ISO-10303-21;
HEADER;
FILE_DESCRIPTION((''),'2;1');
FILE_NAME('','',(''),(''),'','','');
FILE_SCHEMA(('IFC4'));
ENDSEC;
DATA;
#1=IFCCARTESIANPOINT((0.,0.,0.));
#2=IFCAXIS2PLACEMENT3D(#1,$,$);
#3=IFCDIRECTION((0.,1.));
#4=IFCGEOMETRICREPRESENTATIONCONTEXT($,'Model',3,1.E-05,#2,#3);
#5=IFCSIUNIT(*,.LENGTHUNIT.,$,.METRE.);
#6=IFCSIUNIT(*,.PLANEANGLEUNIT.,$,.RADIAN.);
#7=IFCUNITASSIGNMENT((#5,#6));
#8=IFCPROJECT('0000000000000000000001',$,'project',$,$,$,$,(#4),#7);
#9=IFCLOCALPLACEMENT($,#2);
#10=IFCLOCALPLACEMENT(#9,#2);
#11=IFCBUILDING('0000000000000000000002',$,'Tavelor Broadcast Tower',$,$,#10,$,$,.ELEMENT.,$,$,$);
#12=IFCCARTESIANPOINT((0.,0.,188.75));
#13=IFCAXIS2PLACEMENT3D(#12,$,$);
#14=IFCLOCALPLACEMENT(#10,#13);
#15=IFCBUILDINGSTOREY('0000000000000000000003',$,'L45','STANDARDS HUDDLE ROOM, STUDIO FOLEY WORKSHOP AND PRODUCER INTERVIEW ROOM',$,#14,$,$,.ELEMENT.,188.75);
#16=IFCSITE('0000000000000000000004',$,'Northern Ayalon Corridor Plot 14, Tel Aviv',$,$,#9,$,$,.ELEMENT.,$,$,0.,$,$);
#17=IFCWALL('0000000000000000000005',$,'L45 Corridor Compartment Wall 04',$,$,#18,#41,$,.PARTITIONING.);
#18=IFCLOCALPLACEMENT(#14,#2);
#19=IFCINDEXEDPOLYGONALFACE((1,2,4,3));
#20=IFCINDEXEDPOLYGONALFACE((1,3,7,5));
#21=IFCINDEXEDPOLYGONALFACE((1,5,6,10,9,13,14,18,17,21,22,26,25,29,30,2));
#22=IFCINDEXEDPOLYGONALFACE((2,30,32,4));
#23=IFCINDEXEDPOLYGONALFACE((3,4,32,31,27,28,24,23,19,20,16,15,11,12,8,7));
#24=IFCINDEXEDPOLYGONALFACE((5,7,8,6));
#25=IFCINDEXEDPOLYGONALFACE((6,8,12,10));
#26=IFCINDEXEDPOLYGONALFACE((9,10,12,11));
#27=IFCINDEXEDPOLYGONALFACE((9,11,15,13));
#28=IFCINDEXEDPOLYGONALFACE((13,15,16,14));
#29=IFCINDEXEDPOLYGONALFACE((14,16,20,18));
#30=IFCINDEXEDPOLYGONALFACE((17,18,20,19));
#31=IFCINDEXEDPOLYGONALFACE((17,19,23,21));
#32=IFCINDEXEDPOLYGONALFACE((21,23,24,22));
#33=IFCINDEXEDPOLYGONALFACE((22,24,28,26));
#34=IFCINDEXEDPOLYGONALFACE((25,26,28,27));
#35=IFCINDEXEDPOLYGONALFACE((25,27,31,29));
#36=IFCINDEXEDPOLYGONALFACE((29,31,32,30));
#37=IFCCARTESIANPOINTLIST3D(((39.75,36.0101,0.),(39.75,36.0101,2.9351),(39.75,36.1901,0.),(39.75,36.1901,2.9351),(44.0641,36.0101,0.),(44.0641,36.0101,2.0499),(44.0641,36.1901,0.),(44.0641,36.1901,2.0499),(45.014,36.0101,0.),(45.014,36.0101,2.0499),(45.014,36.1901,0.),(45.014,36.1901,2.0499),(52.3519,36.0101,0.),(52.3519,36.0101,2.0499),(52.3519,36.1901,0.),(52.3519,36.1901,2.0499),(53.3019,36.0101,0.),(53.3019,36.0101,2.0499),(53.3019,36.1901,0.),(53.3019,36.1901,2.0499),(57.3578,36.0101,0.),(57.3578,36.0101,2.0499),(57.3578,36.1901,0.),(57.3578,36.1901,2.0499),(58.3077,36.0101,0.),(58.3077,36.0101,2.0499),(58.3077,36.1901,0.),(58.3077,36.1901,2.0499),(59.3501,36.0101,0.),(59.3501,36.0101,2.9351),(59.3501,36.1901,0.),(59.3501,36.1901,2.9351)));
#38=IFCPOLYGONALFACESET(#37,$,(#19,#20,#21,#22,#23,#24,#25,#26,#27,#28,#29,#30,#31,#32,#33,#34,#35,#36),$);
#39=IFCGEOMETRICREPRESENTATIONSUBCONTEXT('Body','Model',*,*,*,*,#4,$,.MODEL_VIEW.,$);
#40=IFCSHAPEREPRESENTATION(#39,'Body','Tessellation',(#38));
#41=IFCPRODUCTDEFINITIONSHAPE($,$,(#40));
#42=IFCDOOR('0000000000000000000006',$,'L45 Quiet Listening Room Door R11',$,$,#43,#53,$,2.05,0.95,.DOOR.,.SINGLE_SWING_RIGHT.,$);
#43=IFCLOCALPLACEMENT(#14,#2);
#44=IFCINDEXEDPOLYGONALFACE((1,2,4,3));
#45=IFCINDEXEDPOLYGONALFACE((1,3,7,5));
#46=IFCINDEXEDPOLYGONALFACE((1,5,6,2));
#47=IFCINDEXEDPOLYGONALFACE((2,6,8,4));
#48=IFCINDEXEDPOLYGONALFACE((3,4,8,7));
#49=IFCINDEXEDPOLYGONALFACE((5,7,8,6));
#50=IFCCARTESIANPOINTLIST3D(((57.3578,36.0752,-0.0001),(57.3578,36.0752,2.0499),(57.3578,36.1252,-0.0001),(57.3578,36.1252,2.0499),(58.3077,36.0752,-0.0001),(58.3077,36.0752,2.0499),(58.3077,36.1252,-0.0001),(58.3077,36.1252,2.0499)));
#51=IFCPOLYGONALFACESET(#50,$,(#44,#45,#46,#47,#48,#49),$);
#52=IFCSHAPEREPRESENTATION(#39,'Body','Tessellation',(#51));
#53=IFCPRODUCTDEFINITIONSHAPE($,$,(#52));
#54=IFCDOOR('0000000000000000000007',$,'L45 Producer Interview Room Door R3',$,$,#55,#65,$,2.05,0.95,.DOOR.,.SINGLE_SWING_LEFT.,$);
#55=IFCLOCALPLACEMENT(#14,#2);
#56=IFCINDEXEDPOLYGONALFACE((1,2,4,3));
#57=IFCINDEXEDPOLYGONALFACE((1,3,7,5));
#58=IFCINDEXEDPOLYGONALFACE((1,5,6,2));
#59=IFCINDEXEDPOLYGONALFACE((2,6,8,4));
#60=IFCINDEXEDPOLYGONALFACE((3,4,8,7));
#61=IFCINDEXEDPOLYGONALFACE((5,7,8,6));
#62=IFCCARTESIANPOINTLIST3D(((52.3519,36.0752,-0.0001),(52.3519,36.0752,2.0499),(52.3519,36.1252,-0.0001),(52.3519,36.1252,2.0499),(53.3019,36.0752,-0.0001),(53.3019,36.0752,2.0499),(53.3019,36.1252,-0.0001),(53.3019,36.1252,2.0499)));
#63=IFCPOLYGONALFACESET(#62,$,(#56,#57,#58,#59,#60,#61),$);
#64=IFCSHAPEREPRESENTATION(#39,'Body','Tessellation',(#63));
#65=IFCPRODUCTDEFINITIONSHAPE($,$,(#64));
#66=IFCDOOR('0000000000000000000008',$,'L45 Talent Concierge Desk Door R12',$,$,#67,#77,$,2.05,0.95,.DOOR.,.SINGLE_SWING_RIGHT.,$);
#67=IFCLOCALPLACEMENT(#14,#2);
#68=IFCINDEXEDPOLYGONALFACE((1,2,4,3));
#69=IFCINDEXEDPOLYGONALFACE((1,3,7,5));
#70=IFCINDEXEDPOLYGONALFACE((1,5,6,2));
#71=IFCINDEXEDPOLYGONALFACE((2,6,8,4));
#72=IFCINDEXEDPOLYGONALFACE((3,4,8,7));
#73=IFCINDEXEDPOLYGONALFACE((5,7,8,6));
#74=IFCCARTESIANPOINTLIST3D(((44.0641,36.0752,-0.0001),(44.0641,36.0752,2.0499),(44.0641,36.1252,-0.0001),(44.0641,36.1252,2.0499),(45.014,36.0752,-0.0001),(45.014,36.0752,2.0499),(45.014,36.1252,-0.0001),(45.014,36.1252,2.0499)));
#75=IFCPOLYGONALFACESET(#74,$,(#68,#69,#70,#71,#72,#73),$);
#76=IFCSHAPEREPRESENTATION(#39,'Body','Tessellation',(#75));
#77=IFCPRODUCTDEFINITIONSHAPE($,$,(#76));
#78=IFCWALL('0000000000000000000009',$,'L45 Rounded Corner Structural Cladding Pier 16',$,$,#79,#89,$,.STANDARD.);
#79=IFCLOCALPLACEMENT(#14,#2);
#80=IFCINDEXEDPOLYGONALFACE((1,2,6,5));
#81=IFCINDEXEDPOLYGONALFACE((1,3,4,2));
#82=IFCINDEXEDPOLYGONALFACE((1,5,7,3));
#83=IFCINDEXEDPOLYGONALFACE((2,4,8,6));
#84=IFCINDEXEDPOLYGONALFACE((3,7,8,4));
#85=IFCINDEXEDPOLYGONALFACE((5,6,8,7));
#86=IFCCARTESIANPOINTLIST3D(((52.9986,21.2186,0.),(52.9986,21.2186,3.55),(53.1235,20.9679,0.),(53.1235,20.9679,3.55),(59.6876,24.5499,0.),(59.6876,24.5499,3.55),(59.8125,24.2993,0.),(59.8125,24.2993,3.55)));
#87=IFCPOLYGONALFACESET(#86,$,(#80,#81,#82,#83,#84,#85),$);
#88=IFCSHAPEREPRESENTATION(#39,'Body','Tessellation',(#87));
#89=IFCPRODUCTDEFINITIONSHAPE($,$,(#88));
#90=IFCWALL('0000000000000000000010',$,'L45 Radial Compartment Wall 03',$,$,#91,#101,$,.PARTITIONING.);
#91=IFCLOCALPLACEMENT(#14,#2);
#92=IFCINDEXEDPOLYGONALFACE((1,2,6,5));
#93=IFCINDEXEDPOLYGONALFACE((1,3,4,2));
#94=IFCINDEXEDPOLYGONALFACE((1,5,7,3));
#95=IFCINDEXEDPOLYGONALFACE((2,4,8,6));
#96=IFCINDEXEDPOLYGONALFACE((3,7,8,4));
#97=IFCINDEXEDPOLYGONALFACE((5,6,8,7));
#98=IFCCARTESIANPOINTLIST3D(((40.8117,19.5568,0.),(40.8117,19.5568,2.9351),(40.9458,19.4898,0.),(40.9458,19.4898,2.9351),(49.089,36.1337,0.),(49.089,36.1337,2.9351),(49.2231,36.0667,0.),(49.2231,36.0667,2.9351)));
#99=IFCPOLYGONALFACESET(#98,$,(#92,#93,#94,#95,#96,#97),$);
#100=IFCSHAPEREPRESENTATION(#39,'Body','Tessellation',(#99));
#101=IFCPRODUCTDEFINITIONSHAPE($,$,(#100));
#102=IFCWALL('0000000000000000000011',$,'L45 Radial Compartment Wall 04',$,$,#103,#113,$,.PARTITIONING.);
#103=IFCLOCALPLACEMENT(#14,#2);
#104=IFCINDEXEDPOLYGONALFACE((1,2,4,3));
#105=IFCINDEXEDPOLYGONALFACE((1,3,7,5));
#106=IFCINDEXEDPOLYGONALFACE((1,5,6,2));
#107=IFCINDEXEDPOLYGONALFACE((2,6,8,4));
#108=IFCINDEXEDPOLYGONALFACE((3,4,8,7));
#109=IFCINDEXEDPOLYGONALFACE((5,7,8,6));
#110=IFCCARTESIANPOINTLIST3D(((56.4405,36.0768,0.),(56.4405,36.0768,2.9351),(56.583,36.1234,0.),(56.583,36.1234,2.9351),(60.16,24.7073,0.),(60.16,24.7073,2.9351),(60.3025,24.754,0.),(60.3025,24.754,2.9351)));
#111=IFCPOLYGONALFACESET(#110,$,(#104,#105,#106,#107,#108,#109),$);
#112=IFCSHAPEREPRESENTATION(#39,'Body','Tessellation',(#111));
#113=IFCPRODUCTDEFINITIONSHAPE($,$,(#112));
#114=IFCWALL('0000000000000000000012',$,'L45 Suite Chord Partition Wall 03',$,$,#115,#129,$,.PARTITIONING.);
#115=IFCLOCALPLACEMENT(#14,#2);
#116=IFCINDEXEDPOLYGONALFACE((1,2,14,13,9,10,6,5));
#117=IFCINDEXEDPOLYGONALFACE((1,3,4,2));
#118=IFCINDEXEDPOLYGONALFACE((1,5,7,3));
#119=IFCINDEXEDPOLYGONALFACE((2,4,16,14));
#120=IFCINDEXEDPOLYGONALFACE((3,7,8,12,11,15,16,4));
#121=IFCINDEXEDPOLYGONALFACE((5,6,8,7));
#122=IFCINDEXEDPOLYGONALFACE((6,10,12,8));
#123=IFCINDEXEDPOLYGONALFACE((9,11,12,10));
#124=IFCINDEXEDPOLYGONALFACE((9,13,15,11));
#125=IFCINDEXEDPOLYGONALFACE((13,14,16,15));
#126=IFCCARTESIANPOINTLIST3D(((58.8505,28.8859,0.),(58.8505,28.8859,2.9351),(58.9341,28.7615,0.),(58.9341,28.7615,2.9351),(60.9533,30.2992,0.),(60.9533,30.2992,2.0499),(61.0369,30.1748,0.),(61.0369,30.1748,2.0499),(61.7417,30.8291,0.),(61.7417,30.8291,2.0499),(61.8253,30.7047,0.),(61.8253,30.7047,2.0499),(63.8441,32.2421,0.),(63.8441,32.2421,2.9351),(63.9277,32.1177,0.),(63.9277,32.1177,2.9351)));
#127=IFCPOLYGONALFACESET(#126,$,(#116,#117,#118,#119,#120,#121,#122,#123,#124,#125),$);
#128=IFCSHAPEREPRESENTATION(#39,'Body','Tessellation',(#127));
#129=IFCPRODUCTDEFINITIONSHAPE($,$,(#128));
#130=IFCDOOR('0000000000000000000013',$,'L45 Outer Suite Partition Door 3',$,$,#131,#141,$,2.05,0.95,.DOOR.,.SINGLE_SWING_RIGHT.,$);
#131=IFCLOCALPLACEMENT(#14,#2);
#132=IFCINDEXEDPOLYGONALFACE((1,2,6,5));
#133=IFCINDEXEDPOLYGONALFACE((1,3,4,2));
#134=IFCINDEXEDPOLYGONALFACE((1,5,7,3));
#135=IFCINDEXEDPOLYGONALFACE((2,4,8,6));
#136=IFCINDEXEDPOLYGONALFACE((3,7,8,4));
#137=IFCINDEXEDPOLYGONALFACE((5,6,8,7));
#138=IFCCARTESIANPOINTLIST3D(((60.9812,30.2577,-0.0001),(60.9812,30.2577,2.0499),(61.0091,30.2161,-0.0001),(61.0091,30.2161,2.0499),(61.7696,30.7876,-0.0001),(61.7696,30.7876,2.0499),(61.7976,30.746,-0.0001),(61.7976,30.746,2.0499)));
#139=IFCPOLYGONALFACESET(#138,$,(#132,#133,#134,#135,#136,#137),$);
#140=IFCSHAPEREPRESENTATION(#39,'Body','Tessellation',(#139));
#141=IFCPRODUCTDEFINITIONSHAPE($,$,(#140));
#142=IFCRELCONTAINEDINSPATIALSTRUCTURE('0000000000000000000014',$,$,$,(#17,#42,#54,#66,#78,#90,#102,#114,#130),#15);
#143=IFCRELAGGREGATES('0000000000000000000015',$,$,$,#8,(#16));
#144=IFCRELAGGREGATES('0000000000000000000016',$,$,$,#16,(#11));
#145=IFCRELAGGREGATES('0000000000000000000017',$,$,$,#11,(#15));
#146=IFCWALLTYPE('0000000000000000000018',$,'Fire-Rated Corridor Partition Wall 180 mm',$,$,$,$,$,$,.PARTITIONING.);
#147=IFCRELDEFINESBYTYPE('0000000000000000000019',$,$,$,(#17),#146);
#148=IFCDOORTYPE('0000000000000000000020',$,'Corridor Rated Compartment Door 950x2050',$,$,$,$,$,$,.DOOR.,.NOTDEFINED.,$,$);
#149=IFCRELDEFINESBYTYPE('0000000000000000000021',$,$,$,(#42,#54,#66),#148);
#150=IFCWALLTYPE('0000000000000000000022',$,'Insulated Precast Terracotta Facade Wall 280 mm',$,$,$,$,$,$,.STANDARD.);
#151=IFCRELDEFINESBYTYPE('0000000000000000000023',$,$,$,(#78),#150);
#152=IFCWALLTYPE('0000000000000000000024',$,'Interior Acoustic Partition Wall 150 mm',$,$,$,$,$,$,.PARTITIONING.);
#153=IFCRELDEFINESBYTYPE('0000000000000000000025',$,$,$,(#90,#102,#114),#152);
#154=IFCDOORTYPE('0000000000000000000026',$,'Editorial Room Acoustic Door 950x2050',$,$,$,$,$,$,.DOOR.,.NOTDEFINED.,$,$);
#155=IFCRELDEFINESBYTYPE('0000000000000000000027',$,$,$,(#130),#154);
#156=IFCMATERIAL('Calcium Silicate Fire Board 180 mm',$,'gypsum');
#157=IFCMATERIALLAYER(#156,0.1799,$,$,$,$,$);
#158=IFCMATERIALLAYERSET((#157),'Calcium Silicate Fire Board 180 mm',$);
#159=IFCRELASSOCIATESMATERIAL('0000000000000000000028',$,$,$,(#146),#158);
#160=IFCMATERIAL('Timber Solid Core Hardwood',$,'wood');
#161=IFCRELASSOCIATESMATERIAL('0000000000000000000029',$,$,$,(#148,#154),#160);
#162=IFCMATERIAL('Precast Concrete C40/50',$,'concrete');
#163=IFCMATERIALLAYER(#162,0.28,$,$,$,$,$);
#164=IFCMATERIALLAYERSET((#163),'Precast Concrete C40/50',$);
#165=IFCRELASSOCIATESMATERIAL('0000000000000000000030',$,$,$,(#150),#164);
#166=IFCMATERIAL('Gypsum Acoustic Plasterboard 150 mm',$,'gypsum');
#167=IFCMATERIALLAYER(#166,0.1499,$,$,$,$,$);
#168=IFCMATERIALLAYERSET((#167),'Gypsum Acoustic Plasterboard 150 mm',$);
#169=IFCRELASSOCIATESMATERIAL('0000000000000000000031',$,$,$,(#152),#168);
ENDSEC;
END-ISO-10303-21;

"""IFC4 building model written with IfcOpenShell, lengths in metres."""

from ifc_helpers import new_model, si_unit, direction, frame, frame_2d, origin, place, context, subcontext, project, spatial, rectangle, extrude, material, layer, layer_set, type_object, element, fill, save


model = new_model("IFC4")

# Units and contexts
model_context = context("Model", 3, precision=1e-05, world=origin(), true_north=direction((0.0, 1.0)))
body_context = subcontext(model_context, "Body", "Model", "MODEL_VIEW")
ifc_project = project(units=[si_unit("LENGTHUNIT", "METRE"), si_unit("PLANEANGLEUNIT", "RADIAN")], contexts=[model_context])

# Site, building, storey
site_placement = place(None, origin())
site = spatial("IfcSite", under=ifc_project, at=site_placement, Name="Northern Ayalon Corridor Plot 14, Tel Aviv", CompositionType="ELEMENT", RefElevation=0.0)
building_placement = place(site_placement, origin())
building = spatial("IfcBuilding", under=site, at=building_placement, Name="Tavelor Broadcast Tower", CompositionType="ELEMENT")
storey_placement = place(building_placement, frame((0.0, 0.0, 188.75)))
storey = spatial("IfcBuildingStorey", under=building, at=storey_placement, Name="L45", Description="STANDARDS HUDDLE ROOM, STUDIO FOLEY WORKSHOP AND PRODUCER INTERVIEW ROOM", CompositionType="ELEMENT", Elevation=188.75)

# Wall, openings, doors
ifc_material_1 = material(Name="Calcium Silicate Fire Board 180 mm", Category="gypsum")
ifc_layer_1 = layer(ifc_material_1, 0.1799)
ifc_layer_set_1 = layer_set([ifc_layer_1], Name="Calcium Silicate Fire Board 180 mm")
wall_type_1 = type_object("IfcWallType", Name="Fire-Rated Corridor Partition Wall 180 mm", PredefinedType="PARTITIONING", material=ifc_layer_set_1)
wall_1_placement = place(storey_placement, frame((59.3501, 36.1001, 0.0), z_axis=(0.0, 0.0, 1.0), x_axis=(-1.0, 0.0, 0.0)))
wall_1 = element("IfcWall", 1, at=wall_1_placement, inside=storey, type_object=wall_type_1, Name="L45 Corridor Compartment Wall 04", PredefinedType="PARTITIONING", context=body_context, shape_type="SweptSolid", body=[
    extrude(rectangle(XDim=19.6001, YDim=0.1799, at=frame_2d((9.8, 0.0))), origin(), (0.0, 0.0, 1.0), 2.9351),
])
opening_1_placement = place(wall_1_placement, frame((1.0422, 0.0, 0.0)))
opening_1 = element("IfcOpeningElement", 2, at=opening_1_placement, cuts=wall_1, PredefinedType="OPENING", context=body_context, shape_type="SweptSolid", body=[
    extrude(rectangle(XDim=0.95, YDim=2.05, at=frame_2d((0.4751, 1.0249))), frame((0.0, 0.1001, 0.0), z_axis=(0.0, -1.0, 0.0), x_axis=(1.0, 0.0, 0.0)), (0.0, 0.0, 1.0), 0.2),
])
opening_2_placement = place(wall_1_placement, frame((6.0481, 0.0, 0.0)))
opening_2 = element("IfcOpeningElement", 3, at=opening_2_placement, cuts=wall_1, PredefinedType="OPENING", context=body_context, shape_type="SweptSolid", body=[
    extrude(rectangle(XDim=0.95, YDim=2.05, at=frame_2d((0.4751, 1.0249))), frame((0.0, 0.1001, 0.0), z_axis=(0.0, -1.0, 0.0), x_axis=(1.0, 0.0, 0.0)), (0.0, 0.0, 1.0), 0.2),
])
opening_3_placement = place(wall_1_placement, frame((14.3359, 0.0, 0.0)))
opening_3 = element("IfcOpeningElement", 4, at=opening_3_placement, cuts=wall_1, PredefinedType="OPENING", context=body_context, shape_type="SweptSolid", body=[
    extrude(rectangle(XDim=0.95, YDim=2.05, at=frame_2d((0.4751, 1.0249))), frame((0.0, 0.1001, 0.0), z_axis=(0.0, -1.0, 0.0), x_axis=(1.0, 0.0, 0.0)), (0.0, 0.0, 1.0), 0.2),
])
ifc_material_2 = material(Name="Timber Solid Core Hardwood", Category="wood")
door_type_1 = type_object("IfcDoorType", Name="Corridor Rated Compartment Door 950x2050", OperationType="NOTDEFINED", PredefinedType="DOOR", material=ifc_material_2)
door_1_placement = place(opening_1_placement, origin())
door_1 = element("IfcDoor", 5, at=door_1_placement, inside=storey, type_object=door_type_1, Name="L45 Quiet Listening Room Door R11", OperationType="SINGLE_SWING_RIGHT", OverallHeight=2.05, OverallWidth=0.95, PredefinedType="DOOR", context=body_context, shape_type="SweptSolid", body=[
    extrude(rectangle(XDim=0.95, YDim=2.05, at=frame_2d((0.4751, 1.0249))), frame((0.0, 0.0249, 0.0), z_axis=(0.0, -1.0, 0.0), x_axis=(1.0, 0.0, 0.0)), (0.0, 0.0, 1.0), 0.05),
])
fill(opening_1, door_1)
door_2_placement = place(opening_2_placement, origin())
door_2 = element("IfcDoor", 6, at=door_2_placement, inside=storey, type_object=door_type_1, Name="L45 Producer Interview Room Door R3", OperationType="SINGLE_SWING_LEFT", OverallHeight=2.05, OverallWidth=0.95, PredefinedType="DOOR", context=body_context, shape_type="SweptSolid", body=[
    extrude(rectangle(XDim=0.95, YDim=2.05, at=frame_2d((0.4751, 1.0249))), frame((0.0, 0.0249, 0.0), z_axis=(0.0, -1.0, 0.0), x_axis=(1.0, 0.0, 0.0)), (0.0, 0.0, 1.0), 0.05),
])
fill(opening_2, door_2)
door_3_placement = place(opening_3_placement, origin())
door_3 = element("IfcDoor", 7, at=door_3_placement, inside=storey, type_object=door_type_1, Name="L45 Talent Concierge Desk Door R12", OperationType="SINGLE_SWING_RIGHT", OverallHeight=2.05, OverallWidth=0.95, PredefinedType="DOOR", context=body_context, shape_type="SweptSolid", body=[
    extrude(rectangle(XDim=0.95, YDim=2.05, at=frame_2d((0.4751, 1.0249))), frame((0.0, 0.0249, 0.0), z_axis=(0.0, -1.0, 0.0), x_axis=(1.0, 0.0, 0.0)), (0.0, 0.0, 1.0), 0.05),
])
fill(opening_3, door_3)

# Walls
ifc_material_3 = material(Name="Precast Concrete C40/50", Category="concrete")
ifc_layer_2 = layer(ifc_material_3, 0.28)
ifc_layer_set_2 = layer_set([ifc_layer_2], Name="Precast Concrete C40/50")
wall_type_2 = type_object("IfcWallType", Name="Insulated Precast Terracotta Facade Wall 280 mm", PredefinedType="STANDARD", material=ifc_layer_set_2)
wall_2_placement = place(storey_placement, frame((53.061, 21.0933, 0.0), z_axis=(0.0, 0.0, 1.0), x_axis=(0.895132, 0.445802, 0.0)))
element("IfcWall", 8, at=wall_2_placement, inside=storey, type_object=wall_type_2, Name="L45 Rounded Corner Structural Cladding Pier 16", PredefinedType="STANDARD", context=body_context, shape_type="SweptSolid", body=[
    extrude(rectangle(XDim=7.4727, YDim=0.28, at=frame_2d((3.7363, 0.0))), origin(), (0.0, 0.0, 1.0), 3.55),
])
ifc_material_4 = material(Name="Gypsum Acoustic Plasterboard 150 mm", Category="gypsum")
ifc_layer_3 = layer(ifc_material_4, 0.1499)
ifc_layer_set_3 = layer_set([ifc_layer_3], Name="Gypsum Acoustic Plasterboard 150 mm")
wall_type_3 = type_object("IfcWallType", Name="Interior Acoustic Partition Wall 150 mm", PredefinedType="PARTITIONING", material=ifc_layer_set_3)
wall_3_placement = place(storey_placement, frame((49.156, 36.1001, 0.0), z_axis=(0.0, 0.0, 1.0), x_axis=(-0.446734, -0.894667, 0.0)))
element("IfcWall", 9, at=wall_3_placement, inside=storey, type_object=wall_type_3, Name="L45 Radial Compartment Wall 03", PredefinedType="PARTITIONING", context=body_context, shape_type="SweptSolid", body=[
    extrude(rectangle(XDim=18.5286, YDim=0.1499, at=frame_2d((9.2642, 0.0))), origin(), (0.0, 0.0, 1.0), 2.9351),
])
wall_4_placement = place(storey_placement, frame((56.5117, 36.1001, 0.0), z_axis=(0.0, 0.0, 1.0), x_axis=(0.310933, -0.950432, 0.0)))
element("IfcWall", 10, at=wall_4_placement, inside=storey, type_object=wall_type_3, Name="L45 Radial Compartment Wall 04", PredefinedType="PARTITIONING", context=body_context, shape_type="SweptSolid", body=[
    extrude(rectangle(XDim=11.9624, YDim=0.1499, at=frame_2d((5.9812, 0.0))), origin(), (0.0, 0.0, 1.0), 2.9351),
])

# Wall, opening, door
wall_5_placement = place(storey_placement, frame((58.8923, 28.8237, 0.0), z_axis=(0.0, 0.0, 1.0), x_axis=(0.829966, 0.557815, 0.0)))
wall_5 = element("IfcWall", 11, at=wall_5_placement, inside=storey, type_object=wall_type_3, Name="L45 Suite Chord Partition Wall 03", PredefinedType="PARTITIONING", context=body_context, shape_type="SweptSolid", body=[
    extrude(rectangle(XDim=6.0166, YDim=0.1499, at=frame_2d((3.0083, 0.0))), origin(), (0.0, 0.0, 1.0), 2.9351),
])
opening_4_placement = place(wall_5_placement, frame((2.5334, 0.0, 0.0)))
opening_4 = element("IfcOpeningElement", 12, at=opening_4_placement, cuts=wall_5, PredefinedType="OPENING", context=body_context, shape_type="SweptSolid", body=[
    extrude(rectangle(XDim=0.95, YDim=2.05, at=frame_2d((0.4751, 1.0249))), frame((0.0, 0.085, 0.0), z_axis=(0.0, -1.0, 0.0), x_axis=(1.0, 0.0, 0.0)), (0.0, 0.0, 1.0), 0.1699),
])
door_type_2 = type_object("IfcDoorType", Name="Editorial Room Acoustic Door 950x2050", OperationType="NOTDEFINED", PredefinedType="DOOR", material=ifc_material_2)
door_4_placement = place(opening_4_placement, origin())
door_4 = element("IfcDoor", 13, at=door_4_placement, inside=storey, type_object=door_type_2, Name="L45 Outer Suite Partition Door 3", OperationType="SINGLE_SWING_RIGHT", OverallHeight=2.05, OverallWidth=0.95, PredefinedType="DOOR", context=body_context, shape_type="SweptSolid", body=[
    extrude(rectangle(XDim=0.95, YDim=2.05, at=frame_2d((0.4751, 1.0249))), frame((0.0, 0.0249, 0.0), z_axis=(0.0, -1.0, 0.0), x_axis=(1.0, 0.0, 0.0)), (0.0, 0.0, 1.0), 0.05),
])
fill(opening_4, door_4)

save(model, "model.ifc")
